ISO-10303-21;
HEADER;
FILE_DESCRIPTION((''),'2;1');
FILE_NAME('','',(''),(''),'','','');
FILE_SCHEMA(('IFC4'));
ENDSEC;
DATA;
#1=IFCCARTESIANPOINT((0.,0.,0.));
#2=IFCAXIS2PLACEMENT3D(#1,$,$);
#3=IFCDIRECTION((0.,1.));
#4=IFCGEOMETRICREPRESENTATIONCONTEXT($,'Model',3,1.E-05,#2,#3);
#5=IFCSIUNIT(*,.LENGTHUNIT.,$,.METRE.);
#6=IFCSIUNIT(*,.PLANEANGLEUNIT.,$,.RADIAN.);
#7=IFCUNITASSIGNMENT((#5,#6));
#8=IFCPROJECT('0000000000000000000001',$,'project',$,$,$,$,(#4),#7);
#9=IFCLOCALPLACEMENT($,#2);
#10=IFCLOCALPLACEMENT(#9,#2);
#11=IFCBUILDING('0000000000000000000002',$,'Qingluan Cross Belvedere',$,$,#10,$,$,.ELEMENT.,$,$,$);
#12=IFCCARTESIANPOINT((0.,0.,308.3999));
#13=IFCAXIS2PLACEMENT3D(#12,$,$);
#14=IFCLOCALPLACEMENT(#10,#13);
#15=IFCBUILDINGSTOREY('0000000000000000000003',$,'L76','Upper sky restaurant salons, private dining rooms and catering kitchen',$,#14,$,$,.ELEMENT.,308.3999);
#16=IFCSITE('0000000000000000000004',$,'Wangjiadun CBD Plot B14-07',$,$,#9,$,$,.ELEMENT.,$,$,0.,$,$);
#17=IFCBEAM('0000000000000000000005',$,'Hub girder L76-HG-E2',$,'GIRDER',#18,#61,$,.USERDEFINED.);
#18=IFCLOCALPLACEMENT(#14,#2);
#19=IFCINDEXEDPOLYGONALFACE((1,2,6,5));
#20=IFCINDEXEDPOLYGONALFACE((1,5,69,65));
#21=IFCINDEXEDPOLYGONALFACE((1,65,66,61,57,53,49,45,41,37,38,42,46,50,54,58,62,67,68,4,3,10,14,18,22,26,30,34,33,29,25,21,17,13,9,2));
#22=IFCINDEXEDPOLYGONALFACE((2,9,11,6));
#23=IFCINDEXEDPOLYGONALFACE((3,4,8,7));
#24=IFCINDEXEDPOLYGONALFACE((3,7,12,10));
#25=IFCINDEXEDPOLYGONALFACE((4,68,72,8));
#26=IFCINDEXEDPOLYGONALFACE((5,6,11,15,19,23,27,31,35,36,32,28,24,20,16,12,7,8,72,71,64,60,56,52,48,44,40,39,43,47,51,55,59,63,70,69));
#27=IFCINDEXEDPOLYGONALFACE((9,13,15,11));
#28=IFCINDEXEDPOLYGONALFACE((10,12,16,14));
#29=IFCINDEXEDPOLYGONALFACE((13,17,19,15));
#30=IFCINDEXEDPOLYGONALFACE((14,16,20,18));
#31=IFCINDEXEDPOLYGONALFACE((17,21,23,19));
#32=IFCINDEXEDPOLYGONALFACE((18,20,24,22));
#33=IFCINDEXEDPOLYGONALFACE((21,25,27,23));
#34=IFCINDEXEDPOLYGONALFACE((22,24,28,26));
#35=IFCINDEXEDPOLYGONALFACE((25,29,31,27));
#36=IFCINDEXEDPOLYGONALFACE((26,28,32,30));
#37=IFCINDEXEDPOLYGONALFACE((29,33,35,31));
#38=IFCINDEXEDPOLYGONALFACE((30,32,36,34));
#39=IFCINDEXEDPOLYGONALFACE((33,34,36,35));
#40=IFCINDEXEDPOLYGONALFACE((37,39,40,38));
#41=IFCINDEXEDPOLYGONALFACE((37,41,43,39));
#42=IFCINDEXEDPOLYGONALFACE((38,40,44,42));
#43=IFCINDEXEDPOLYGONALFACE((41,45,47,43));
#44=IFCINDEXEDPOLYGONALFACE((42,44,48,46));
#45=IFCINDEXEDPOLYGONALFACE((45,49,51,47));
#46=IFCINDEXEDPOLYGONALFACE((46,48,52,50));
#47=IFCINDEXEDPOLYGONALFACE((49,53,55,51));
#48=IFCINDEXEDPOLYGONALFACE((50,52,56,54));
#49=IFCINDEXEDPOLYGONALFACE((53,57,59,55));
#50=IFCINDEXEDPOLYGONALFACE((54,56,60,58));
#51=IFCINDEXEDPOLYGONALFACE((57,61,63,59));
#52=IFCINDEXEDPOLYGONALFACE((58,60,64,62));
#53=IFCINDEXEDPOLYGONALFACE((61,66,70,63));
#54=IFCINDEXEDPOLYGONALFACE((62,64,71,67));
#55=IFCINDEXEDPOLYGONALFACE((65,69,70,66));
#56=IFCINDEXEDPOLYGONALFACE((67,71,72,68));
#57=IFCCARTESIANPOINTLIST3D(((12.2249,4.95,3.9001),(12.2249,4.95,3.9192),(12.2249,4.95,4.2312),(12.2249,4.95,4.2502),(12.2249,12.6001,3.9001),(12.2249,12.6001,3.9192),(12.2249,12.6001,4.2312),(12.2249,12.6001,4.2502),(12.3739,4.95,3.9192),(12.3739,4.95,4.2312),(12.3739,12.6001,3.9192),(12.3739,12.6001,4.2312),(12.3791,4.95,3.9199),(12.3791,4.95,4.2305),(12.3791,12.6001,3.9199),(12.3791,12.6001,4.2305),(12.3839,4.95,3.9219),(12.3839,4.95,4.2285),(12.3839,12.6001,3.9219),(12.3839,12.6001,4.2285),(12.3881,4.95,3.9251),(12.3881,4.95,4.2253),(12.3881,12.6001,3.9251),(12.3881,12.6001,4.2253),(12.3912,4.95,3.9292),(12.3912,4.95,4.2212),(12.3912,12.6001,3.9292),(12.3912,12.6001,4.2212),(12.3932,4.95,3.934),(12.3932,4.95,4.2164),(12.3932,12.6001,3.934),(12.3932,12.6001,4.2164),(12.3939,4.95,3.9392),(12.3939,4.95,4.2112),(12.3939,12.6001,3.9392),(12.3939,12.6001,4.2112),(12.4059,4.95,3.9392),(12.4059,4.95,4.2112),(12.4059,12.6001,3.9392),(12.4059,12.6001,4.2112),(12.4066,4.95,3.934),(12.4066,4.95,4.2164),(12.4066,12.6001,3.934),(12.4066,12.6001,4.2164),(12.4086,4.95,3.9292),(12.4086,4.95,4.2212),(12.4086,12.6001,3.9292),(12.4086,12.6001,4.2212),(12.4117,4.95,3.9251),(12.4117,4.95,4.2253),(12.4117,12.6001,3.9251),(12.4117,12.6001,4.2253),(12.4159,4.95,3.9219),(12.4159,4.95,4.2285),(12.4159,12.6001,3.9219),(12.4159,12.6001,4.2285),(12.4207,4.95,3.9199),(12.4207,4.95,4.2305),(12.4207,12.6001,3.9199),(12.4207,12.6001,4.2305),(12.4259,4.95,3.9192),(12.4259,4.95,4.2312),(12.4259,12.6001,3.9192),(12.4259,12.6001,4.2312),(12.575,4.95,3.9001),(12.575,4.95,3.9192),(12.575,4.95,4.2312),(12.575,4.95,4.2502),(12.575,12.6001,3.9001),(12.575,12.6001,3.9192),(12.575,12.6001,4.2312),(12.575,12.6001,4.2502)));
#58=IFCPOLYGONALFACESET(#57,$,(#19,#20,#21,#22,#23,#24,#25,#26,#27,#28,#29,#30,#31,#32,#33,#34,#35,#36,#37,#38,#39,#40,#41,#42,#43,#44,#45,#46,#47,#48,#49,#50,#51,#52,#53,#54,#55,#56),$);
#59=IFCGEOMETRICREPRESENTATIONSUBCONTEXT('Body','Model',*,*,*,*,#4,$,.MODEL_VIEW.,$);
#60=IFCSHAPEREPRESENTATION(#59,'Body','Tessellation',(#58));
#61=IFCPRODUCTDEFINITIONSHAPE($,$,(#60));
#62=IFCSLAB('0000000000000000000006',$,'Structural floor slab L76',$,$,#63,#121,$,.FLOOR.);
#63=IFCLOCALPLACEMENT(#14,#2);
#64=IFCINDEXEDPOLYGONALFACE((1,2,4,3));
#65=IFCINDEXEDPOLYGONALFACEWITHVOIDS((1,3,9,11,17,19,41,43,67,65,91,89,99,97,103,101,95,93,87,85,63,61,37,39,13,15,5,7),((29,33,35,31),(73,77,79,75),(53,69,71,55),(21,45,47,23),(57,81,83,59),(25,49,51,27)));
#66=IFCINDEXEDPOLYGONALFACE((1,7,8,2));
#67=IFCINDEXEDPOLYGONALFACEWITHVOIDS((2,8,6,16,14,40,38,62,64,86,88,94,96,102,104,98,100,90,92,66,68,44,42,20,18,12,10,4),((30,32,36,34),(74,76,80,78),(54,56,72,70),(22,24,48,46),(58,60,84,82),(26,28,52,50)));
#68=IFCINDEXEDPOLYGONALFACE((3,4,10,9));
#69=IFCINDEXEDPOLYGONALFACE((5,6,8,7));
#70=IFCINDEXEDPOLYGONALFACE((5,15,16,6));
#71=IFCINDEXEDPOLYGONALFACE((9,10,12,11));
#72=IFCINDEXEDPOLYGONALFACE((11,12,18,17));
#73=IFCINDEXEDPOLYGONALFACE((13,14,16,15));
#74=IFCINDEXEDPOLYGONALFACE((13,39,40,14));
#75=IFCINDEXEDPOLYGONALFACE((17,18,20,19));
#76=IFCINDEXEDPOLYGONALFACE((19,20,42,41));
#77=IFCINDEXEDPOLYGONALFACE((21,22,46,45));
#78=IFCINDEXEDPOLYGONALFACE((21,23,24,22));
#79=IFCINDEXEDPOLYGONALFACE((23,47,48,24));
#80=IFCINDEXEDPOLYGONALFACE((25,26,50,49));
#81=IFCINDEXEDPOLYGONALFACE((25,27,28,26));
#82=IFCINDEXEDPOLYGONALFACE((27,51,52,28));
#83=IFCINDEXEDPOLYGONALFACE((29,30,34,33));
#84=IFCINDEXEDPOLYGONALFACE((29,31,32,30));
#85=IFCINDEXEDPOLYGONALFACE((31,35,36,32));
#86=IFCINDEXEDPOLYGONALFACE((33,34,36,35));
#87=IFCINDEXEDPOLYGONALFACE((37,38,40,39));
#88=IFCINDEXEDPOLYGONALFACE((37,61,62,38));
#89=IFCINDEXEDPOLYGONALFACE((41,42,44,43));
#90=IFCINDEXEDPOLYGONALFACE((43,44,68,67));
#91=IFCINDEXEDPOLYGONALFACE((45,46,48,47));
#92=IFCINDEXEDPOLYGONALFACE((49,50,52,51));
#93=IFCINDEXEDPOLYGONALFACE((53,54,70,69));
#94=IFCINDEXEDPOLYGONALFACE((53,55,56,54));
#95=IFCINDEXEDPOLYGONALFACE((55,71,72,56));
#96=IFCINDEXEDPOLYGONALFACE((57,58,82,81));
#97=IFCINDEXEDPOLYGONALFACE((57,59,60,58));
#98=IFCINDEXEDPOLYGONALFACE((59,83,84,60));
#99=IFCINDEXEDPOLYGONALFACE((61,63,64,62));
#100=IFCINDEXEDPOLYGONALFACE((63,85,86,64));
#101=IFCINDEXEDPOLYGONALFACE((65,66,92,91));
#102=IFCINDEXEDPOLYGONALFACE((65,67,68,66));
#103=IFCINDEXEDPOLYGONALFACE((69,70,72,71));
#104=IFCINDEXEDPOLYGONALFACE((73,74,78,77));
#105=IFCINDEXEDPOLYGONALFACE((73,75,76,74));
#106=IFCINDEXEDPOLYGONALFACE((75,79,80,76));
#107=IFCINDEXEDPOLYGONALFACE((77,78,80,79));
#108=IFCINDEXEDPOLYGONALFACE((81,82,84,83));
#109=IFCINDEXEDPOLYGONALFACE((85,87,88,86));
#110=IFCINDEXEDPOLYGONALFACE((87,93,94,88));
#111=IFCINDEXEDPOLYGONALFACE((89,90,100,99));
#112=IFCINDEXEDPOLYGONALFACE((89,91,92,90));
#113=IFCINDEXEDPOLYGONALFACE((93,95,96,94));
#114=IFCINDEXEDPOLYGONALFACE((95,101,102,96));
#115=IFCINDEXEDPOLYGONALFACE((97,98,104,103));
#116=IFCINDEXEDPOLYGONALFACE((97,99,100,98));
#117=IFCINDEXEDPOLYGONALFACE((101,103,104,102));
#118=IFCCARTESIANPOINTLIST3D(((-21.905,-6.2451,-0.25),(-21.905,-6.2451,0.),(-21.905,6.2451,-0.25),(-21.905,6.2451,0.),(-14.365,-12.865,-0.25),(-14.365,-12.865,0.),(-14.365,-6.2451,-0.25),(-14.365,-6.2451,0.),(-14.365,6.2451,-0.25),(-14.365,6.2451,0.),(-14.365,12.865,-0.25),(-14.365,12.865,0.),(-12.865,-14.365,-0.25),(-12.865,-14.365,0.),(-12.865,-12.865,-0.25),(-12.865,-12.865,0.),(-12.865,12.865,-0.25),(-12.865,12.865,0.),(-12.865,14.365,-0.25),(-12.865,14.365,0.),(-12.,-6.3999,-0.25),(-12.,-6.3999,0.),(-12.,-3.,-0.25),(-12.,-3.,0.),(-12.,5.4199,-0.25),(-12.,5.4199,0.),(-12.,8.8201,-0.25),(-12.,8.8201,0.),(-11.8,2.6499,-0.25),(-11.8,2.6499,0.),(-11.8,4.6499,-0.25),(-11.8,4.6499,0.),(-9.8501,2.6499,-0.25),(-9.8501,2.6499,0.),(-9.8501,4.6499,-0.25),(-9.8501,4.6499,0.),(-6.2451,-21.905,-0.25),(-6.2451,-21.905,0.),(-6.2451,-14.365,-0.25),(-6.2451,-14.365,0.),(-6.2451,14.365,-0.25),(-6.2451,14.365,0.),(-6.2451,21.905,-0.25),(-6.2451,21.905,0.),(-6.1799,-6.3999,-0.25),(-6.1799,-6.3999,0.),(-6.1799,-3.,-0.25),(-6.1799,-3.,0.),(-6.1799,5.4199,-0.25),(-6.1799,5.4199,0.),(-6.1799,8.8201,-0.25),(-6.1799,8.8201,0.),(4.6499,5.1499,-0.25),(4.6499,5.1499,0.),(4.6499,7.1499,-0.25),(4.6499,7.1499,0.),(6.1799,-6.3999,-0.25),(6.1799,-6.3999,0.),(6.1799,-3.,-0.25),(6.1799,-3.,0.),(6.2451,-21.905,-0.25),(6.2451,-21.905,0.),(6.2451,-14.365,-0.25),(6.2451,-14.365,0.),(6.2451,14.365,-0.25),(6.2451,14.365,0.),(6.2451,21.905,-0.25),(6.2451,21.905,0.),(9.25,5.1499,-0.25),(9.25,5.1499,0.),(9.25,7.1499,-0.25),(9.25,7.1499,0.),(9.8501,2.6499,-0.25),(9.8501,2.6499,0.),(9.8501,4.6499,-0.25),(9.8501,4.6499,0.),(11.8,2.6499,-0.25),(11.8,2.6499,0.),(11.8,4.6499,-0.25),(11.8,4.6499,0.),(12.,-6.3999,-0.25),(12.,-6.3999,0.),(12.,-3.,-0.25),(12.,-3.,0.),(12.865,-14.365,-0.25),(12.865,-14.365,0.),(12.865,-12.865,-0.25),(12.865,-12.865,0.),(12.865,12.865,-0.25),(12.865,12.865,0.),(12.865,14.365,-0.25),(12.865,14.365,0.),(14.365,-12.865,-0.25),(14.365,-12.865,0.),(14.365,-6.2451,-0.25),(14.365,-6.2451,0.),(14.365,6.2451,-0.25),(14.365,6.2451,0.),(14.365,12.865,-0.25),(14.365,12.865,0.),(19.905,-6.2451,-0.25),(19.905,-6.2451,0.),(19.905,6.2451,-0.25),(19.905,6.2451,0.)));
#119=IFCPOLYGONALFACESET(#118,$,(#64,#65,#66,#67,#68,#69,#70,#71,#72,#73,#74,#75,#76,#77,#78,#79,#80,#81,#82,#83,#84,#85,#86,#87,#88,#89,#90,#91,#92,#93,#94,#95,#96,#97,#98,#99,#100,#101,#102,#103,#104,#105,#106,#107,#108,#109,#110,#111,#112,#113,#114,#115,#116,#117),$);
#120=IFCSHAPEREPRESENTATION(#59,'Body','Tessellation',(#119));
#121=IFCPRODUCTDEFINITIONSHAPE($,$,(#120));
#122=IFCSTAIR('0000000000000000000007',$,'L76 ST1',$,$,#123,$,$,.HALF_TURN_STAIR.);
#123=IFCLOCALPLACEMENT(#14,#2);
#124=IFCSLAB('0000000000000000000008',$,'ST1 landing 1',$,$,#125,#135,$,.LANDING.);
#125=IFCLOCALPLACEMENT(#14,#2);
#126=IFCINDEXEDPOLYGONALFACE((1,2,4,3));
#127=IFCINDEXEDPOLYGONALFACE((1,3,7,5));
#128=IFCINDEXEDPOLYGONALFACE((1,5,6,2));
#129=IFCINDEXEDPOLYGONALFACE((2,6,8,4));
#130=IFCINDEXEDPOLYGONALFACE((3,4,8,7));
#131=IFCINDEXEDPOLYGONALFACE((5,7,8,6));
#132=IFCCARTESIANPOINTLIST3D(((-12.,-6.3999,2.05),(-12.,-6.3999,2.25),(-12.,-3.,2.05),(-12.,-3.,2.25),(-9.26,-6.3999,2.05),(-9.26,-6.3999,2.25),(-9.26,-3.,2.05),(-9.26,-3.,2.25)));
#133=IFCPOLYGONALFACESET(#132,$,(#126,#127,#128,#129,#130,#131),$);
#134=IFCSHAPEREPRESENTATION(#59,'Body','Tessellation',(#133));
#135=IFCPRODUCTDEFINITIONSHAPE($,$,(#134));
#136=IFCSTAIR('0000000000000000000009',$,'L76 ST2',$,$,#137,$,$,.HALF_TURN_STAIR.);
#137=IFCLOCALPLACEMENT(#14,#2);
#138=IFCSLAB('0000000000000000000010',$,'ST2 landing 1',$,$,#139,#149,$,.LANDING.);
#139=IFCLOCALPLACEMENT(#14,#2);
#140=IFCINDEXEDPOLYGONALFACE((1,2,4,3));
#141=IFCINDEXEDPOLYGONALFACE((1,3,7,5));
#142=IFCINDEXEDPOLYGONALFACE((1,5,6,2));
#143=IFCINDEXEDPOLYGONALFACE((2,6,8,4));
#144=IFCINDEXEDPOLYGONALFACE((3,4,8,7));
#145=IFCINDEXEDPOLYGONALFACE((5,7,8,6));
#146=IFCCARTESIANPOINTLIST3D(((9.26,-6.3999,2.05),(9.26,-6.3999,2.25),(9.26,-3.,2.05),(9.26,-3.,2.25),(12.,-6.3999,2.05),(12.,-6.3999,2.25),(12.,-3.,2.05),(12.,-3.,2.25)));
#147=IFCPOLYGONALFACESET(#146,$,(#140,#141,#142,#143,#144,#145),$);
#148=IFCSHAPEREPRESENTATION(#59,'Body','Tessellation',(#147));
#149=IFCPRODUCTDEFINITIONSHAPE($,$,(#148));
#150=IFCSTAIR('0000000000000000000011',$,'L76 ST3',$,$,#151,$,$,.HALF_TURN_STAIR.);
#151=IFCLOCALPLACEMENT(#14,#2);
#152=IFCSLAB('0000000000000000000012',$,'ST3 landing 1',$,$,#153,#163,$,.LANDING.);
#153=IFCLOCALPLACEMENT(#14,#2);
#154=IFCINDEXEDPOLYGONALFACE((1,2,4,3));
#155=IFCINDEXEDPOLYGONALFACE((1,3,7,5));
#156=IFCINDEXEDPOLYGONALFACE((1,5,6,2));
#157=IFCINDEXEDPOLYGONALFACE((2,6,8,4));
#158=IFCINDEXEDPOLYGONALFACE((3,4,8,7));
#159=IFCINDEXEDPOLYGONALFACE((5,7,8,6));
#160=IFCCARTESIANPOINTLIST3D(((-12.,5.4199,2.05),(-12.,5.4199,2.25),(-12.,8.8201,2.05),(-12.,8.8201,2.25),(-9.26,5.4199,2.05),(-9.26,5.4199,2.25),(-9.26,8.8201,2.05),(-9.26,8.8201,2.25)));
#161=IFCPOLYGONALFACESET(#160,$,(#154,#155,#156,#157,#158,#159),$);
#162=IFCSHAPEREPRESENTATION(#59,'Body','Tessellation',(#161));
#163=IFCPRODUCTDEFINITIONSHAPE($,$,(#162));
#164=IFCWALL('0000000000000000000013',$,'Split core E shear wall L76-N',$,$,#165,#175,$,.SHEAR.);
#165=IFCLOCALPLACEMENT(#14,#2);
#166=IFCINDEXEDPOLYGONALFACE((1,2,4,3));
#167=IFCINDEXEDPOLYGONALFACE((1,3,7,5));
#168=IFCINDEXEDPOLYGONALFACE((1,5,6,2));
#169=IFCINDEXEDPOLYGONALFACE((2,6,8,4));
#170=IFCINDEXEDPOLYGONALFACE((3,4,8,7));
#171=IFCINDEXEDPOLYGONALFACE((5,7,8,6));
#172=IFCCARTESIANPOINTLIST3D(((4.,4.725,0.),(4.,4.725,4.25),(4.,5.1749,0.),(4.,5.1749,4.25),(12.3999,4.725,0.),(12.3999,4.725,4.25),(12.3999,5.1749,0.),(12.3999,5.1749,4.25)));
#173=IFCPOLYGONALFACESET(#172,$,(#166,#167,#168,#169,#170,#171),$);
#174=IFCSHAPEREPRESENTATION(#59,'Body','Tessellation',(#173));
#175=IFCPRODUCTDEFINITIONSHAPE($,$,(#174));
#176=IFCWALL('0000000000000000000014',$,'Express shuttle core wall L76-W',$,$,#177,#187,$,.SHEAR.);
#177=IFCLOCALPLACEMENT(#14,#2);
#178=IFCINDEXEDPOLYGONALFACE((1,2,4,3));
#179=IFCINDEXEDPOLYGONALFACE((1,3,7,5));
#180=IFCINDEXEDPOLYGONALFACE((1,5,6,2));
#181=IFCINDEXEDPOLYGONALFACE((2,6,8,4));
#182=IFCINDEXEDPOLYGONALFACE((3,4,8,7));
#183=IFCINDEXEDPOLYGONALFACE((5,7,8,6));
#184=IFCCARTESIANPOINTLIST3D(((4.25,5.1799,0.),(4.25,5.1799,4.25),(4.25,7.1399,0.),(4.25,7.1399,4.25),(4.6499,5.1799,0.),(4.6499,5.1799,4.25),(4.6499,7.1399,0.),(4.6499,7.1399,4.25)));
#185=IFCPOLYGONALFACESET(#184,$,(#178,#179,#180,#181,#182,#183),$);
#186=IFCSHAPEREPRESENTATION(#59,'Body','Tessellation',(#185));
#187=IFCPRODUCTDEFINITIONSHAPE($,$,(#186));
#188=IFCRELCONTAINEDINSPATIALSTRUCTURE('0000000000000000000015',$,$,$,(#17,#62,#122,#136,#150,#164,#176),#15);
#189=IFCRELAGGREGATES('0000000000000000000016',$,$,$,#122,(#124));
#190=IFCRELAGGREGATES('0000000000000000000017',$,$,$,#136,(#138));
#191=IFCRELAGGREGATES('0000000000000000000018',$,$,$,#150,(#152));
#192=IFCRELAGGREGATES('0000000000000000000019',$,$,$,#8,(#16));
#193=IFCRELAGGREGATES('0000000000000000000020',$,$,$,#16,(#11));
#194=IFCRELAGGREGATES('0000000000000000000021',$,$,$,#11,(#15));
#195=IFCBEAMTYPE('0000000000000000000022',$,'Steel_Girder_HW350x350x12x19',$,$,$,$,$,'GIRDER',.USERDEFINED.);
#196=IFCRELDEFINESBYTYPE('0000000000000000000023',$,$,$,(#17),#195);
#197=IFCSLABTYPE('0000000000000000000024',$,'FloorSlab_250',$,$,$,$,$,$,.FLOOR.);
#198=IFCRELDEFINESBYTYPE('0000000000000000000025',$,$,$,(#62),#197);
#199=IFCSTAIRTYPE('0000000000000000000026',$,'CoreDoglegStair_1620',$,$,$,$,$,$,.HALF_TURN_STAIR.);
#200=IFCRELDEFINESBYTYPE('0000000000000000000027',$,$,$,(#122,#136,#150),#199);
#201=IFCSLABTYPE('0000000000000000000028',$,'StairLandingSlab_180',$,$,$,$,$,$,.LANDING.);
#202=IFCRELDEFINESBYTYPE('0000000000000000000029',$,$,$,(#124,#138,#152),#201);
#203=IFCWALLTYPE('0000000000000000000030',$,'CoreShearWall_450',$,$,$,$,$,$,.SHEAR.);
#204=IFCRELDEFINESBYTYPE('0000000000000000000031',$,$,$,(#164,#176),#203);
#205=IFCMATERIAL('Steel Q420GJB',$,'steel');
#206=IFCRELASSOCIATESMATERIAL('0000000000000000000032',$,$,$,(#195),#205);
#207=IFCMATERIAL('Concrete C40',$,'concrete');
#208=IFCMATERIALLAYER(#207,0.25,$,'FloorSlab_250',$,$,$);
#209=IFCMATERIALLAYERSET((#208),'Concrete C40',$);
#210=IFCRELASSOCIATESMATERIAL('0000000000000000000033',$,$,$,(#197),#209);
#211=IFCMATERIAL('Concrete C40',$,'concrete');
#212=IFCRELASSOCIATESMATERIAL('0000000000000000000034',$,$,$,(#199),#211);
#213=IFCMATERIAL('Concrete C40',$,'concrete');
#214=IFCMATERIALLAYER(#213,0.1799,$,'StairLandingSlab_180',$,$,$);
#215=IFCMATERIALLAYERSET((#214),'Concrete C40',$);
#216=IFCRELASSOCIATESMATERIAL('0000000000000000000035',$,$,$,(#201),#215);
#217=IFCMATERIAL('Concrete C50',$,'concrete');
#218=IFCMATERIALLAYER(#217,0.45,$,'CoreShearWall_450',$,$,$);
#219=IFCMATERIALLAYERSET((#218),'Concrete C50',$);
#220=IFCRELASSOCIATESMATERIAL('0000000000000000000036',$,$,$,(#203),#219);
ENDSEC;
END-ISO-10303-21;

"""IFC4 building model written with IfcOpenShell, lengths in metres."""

from ifc_helpers import new_model, si_unit, direction, frame, frame_2d, origin, origin_2d, place, context, subcontext, project, spatial, polyline, rectangle, i_section, outline, extrude, material, layer, layer_set, material_profile, profile_set, type_object, element, aggregate, save


model = new_model("IFC4")

# Units and contexts
model_context = context("Model", 3, precision=1e-05, world=origin(), true_north=direction((0.0, 1.0)))
body_context = subcontext(model_context, "Body", "Model", "MODEL_VIEW")
ifc_project = project(units=[si_unit("LENGTHUNIT", "METRE"), si_unit("PLANEANGLEUNIT", "RADIAN")], contexts=[model_context])

# Site, building, storey
site_placement = place(None, origin())
site = spatial("IfcSite", under=ifc_project, at=site_placement, Name="Wangjiadun CBD Plot B14-07", CompositionType="ELEMENT", RefElevation=0.0)
building_placement = place(site_placement, origin())
building = spatial("IfcBuilding", under=site, at=building_placement, Name="Qingluan Cross Belvedere", CompositionType="ELEMENT")
storey_placement = place(building_placement, frame((0.0, 0.0, 308.3999)))
storey = spatial("IfcBuildingStorey", under=building, at=storey_placement, Name="L76", Description="Upper sky restaurant salons, private dining rooms and catering kitchen", CompositionType="ELEMENT", Elevation=308.3999)

# Beam
ifc_material_1 = material(Name="Steel Q420GJB", Category="steel")
ifc_material_profile = material_profile(ifc_material_1, i_section(OverallWidth=0.3501, OverallDepth=0.3501, WebThickness=0.012, FlangeThickness=0.019, FilletRadius=0.02, at=origin_2d()), Name="HW350x350x12x19")
ifc_profile_set = profile_set([ifc_material_profile], Name="Steel Q420GJB")
beam_type = type_object("IfcBeamType", Name="Steel_Girder_HW350x350x12x19", ElementType="GIRDER", PredefinedType="USERDEFINED", material=ifc_profile_set)
beam_placement = place(storey_placement, frame((12.3999, 4.95, 4.0752), z_axis=(0.0, 1.0, 0.0), x_axis=(-1.0, 0.0, 0.0)))
element("IfcBeam", 1, at=beam_placement, inside=storey, type_object=beam_type, Name="Hub girder L76-HG-E2", ObjectType="GIRDER", PredefinedType="USERDEFINED", context=body_context, shape_type="SweptSolid", body=[
    extrude(i_section(OverallWidth=0.3501, OverallDepth=0.3501, WebThickness=0.012, FlangeThickness=0.019, FilletRadius=0.02, at=origin_2d()), origin(), (0.0, 0.0, 1.0), 7.6501),
])

# Slab
ifc_material_2 = material(Name="Concrete C40", Category="concrete")
ifc_layer_1 = layer(ifc_material_2, 0.25, Name="FloorSlab_250")
ifc_layer_set_1 = layer_set([ifc_layer_1], Name="Concrete C40")
slab_type_1 = type_object("IfcSlabType", Name="FloorSlab_250", PredefinedType="FLOOR", material=ifc_layer_set_1)
slab_1_placement = place(storey_placement, frame((0.0, 0.0, -0.25)))
element("IfcSlab", 2, at=slab_1_placement, inside=storey, type_object=slab_type_1, Name="Structural floor slab L76", PredefinedType="FLOOR", context=body_context, shape_type="SweptSolid", body=[
    extrude(outline(polyline([(6.2451, -21.905), (6.2451, -14.365), (12.865, -14.365), (12.865, -12.865), (14.365, -12.865), (14.365, -6.2451), (19.905, -6.2451), (19.905, 6.2451), (14.365, 6.2451), (14.365, 12.865), (12.865, 12.865), (12.865, 14.365), (6.2451, 14.365), (6.2451, 21.905), (-6.2451, 21.905), (-6.2451, 14.365), (-12.865, 14.365), (-12.865, 12.865), (-14.365, 12.865), (-14.365, 6.2451), (-21.905, 6.2451), (-21.905, -6.2451), (-14.365, -6.2451), (-14.365, -12.865), (-12.865, -12.865), (-12.865, -14.365), (-6.2451, -14.365), (-6.2451, -21.905), (6.2451, -21.905)]), holes=[polyline([(-12.0, -3.0), (-6.1799, -3.0), (-6.1799, -6.3999), (-12.0, -6.3999), (-12.0, -3.0)]), polyline([(6.1799, -3.0), (12.0, -3.0), (12.0, -6.3999), (6.1799, -6.3999), (6.1799, -3.0)]), polyline([(-12.0, 8.8201), (-6.1799, 8.8201), (-6.1799, 5.4199), (-12.0, 5.4199), (-12.0, 8.8201)]), polyline([(-11.8, 4.6499), (-9.8501, 4.6499), (-9.8501, 2.6499), (-11.8, 2.6499), (-11.8, 4.6499)]), polyline([(9.8501, 4.6499), (11.8, 4.6499), (11.8, 2.6499), (9.8501, 2.6499), (9.8501, 4.6499)]), polyline([(4.6499, 7.1499), (9.25, 7.1499), (9.25, 5.1499), (4.6499, 5.1499), (4.6499, 7.1499)])]), origin(), (0.0, 0.0, 1.0), 0.25),
])

# Stairs, slabs
ifc_material_3 = material(Name="Concrete C40", Category="concrete")
stair_type = type_object("IfcStairType", Name="CoreDoglegStair_1620", PredefinedType="HALF_TURN_STAIR", material=ifc_material_3)
stair_1_placement = place(storey_placement, origin())
stair_1 = element("IfcStair", 3, at=stair_1_placement, inside=storey, type_object=stair_type, Name="L76 ST1", PredefinedType="HALF_TURN_STAIR")
ifc_material_4 = material(Name="Concrete C40", Category="concrete")
ifc_layer_2 = layer(ifc_material_4, 0.1799, Name="StairLandingSlab_180")
ifc_layer_set_2 = layer_set([ifc_layer_2], Name="Concrete C40")
slab_type_2 = type_object("IfcSlabType", Name="StairLandingSlab_180", PredefinedType="LANDING", material=ifc_layer_set_2)
slab_2_placement = place(storey_placement, frame((0.0, 0.0, 2.05)))
slab_2 = element("IfcSlab", 4, at=slab_2_placement, type_object=slab_type_2, Name="ST1 landing 1", PredefinedType="LANDING", context=body_context, shape_type="SweptSolid", body=[
    extrude(outline(polyline([(-9.26, -3.0), (-12.0, -3.0), (-12.0, -6.3999), (-9.26, -6.3999), (-9.26, -3.0)])), origin(), (0.0, 0.0, 1.0), 0.2),
])
aggregate(stair_1, [slab_2])
stair_2_placement = place(storey_placement, origin())
stair_2 = element("IfcStair", 5, at=stair_2_placement, inside=storey, type_object=stair_type, Name="L76 ST2", PredefinedType="HALF_TURN_STAIR")
slab_3_placement = place(storey_placement, frame((0.0, 0.0, 2.05)))
slab_3 = element("IfcSlab", 6, at=slab_3_placement, type_object=slab_type_2, Name="ST2 landing 1", PredefinedType="LANDING", context=body_context, shape_type="SweptSolid", body=[
    extrude(outline(polyline([(9.26, -6.3999), (12.0, -6.3999), (12.0, -3.0), (9.26, -3.0), (9.26, -6.3999)])), origin(), (0.0, 0.0, 1.0), 0.2),
])
aggregate(stair_2, [slab_3])
stair_3_placement = place(storey_placement, origin())
stair_3 = element("IfcStair", 7, at=stair_3_placement, inside=storey, type_object=stair_type, Name="L76 ST3", PredefinedType="HALF_TURN_STAIR")
slab_4_placement = place(storey_placement, frame((0.0, 0.0, 2.05)))
slab_4 = element("IfcSlab", 8, at=slab_4_placement, type_object=slab_type_2, Name="ST3 landing 1", PredefinedType="LANDING", context=body_context, shape_type="SweptSolid", body=[
    extrude(outline(polyline([(-9.26, 8.8201), (-12.0, 8.8201), (-12.0, 5.4199), (-9.26, 5.4199), (-9.26, 8.8201)])), origin(), (0.0, 0.0, 1.0), 0.2),
])
aggregate(stair_3, [slab_4])

# Walls
ifc_material_5 = material(Name="Concrete C50", Category="concrete")
ifc_layer_3 = layer(ifc_material_5, 0.45, Name="CoreShearWall_450")
ifc_layer_set_3 = layer_set([ifc_layer_3], Name="Concrete C50")
wall_type_1 = type_object("IfcWallType", Name="CoreShearWall_450", PredefinedType="SHEAR", material=ifc_layer_set_3)
wall_1_placement = place(storey_placement, frame((4.0, 4.95, 0.0), z_axis=(0.0, 0.0, 1.0), x_axis=(1.0, 0.0, 0.0)))
element("IfcWall", 9, at=wall_1_placement, inside=storey, type_object=wall_type_1, Name="Split core E shear wall L76-N", PredefinedType="SHEAR", context=body_context, shape_type="SweptSolid", body=[
    extrude(rectangle(XDim=8.3999, YDim=0.45, at=frame_2d((4.2, 0.0))), origin(), (0.0, 0.0, 1.0), 4.25),
])
wall_2_placement = place(storey_placement, frame((4.45, 5.1799, 0.0), z_axis=(0.0, 0.0, 1.0), x_axis=(0.0, 1.0, 0.0)))
element("IfcWall", 10, at=wall_2_placement, inside=storey, type_object=wall_type_1, Name="Express shuttle core wall L76-W", PredefinedType="SHEAR", context=body_context, shape_type="SweptSolid", body=[
    extrude(rectangle(XDim=1.96, YDim=0.3999, at=frame_2d((0.98, 0.0))), origin(), (0.0, 0.0, 1.0), 4.25),
])

save(model, "model.ifc")
